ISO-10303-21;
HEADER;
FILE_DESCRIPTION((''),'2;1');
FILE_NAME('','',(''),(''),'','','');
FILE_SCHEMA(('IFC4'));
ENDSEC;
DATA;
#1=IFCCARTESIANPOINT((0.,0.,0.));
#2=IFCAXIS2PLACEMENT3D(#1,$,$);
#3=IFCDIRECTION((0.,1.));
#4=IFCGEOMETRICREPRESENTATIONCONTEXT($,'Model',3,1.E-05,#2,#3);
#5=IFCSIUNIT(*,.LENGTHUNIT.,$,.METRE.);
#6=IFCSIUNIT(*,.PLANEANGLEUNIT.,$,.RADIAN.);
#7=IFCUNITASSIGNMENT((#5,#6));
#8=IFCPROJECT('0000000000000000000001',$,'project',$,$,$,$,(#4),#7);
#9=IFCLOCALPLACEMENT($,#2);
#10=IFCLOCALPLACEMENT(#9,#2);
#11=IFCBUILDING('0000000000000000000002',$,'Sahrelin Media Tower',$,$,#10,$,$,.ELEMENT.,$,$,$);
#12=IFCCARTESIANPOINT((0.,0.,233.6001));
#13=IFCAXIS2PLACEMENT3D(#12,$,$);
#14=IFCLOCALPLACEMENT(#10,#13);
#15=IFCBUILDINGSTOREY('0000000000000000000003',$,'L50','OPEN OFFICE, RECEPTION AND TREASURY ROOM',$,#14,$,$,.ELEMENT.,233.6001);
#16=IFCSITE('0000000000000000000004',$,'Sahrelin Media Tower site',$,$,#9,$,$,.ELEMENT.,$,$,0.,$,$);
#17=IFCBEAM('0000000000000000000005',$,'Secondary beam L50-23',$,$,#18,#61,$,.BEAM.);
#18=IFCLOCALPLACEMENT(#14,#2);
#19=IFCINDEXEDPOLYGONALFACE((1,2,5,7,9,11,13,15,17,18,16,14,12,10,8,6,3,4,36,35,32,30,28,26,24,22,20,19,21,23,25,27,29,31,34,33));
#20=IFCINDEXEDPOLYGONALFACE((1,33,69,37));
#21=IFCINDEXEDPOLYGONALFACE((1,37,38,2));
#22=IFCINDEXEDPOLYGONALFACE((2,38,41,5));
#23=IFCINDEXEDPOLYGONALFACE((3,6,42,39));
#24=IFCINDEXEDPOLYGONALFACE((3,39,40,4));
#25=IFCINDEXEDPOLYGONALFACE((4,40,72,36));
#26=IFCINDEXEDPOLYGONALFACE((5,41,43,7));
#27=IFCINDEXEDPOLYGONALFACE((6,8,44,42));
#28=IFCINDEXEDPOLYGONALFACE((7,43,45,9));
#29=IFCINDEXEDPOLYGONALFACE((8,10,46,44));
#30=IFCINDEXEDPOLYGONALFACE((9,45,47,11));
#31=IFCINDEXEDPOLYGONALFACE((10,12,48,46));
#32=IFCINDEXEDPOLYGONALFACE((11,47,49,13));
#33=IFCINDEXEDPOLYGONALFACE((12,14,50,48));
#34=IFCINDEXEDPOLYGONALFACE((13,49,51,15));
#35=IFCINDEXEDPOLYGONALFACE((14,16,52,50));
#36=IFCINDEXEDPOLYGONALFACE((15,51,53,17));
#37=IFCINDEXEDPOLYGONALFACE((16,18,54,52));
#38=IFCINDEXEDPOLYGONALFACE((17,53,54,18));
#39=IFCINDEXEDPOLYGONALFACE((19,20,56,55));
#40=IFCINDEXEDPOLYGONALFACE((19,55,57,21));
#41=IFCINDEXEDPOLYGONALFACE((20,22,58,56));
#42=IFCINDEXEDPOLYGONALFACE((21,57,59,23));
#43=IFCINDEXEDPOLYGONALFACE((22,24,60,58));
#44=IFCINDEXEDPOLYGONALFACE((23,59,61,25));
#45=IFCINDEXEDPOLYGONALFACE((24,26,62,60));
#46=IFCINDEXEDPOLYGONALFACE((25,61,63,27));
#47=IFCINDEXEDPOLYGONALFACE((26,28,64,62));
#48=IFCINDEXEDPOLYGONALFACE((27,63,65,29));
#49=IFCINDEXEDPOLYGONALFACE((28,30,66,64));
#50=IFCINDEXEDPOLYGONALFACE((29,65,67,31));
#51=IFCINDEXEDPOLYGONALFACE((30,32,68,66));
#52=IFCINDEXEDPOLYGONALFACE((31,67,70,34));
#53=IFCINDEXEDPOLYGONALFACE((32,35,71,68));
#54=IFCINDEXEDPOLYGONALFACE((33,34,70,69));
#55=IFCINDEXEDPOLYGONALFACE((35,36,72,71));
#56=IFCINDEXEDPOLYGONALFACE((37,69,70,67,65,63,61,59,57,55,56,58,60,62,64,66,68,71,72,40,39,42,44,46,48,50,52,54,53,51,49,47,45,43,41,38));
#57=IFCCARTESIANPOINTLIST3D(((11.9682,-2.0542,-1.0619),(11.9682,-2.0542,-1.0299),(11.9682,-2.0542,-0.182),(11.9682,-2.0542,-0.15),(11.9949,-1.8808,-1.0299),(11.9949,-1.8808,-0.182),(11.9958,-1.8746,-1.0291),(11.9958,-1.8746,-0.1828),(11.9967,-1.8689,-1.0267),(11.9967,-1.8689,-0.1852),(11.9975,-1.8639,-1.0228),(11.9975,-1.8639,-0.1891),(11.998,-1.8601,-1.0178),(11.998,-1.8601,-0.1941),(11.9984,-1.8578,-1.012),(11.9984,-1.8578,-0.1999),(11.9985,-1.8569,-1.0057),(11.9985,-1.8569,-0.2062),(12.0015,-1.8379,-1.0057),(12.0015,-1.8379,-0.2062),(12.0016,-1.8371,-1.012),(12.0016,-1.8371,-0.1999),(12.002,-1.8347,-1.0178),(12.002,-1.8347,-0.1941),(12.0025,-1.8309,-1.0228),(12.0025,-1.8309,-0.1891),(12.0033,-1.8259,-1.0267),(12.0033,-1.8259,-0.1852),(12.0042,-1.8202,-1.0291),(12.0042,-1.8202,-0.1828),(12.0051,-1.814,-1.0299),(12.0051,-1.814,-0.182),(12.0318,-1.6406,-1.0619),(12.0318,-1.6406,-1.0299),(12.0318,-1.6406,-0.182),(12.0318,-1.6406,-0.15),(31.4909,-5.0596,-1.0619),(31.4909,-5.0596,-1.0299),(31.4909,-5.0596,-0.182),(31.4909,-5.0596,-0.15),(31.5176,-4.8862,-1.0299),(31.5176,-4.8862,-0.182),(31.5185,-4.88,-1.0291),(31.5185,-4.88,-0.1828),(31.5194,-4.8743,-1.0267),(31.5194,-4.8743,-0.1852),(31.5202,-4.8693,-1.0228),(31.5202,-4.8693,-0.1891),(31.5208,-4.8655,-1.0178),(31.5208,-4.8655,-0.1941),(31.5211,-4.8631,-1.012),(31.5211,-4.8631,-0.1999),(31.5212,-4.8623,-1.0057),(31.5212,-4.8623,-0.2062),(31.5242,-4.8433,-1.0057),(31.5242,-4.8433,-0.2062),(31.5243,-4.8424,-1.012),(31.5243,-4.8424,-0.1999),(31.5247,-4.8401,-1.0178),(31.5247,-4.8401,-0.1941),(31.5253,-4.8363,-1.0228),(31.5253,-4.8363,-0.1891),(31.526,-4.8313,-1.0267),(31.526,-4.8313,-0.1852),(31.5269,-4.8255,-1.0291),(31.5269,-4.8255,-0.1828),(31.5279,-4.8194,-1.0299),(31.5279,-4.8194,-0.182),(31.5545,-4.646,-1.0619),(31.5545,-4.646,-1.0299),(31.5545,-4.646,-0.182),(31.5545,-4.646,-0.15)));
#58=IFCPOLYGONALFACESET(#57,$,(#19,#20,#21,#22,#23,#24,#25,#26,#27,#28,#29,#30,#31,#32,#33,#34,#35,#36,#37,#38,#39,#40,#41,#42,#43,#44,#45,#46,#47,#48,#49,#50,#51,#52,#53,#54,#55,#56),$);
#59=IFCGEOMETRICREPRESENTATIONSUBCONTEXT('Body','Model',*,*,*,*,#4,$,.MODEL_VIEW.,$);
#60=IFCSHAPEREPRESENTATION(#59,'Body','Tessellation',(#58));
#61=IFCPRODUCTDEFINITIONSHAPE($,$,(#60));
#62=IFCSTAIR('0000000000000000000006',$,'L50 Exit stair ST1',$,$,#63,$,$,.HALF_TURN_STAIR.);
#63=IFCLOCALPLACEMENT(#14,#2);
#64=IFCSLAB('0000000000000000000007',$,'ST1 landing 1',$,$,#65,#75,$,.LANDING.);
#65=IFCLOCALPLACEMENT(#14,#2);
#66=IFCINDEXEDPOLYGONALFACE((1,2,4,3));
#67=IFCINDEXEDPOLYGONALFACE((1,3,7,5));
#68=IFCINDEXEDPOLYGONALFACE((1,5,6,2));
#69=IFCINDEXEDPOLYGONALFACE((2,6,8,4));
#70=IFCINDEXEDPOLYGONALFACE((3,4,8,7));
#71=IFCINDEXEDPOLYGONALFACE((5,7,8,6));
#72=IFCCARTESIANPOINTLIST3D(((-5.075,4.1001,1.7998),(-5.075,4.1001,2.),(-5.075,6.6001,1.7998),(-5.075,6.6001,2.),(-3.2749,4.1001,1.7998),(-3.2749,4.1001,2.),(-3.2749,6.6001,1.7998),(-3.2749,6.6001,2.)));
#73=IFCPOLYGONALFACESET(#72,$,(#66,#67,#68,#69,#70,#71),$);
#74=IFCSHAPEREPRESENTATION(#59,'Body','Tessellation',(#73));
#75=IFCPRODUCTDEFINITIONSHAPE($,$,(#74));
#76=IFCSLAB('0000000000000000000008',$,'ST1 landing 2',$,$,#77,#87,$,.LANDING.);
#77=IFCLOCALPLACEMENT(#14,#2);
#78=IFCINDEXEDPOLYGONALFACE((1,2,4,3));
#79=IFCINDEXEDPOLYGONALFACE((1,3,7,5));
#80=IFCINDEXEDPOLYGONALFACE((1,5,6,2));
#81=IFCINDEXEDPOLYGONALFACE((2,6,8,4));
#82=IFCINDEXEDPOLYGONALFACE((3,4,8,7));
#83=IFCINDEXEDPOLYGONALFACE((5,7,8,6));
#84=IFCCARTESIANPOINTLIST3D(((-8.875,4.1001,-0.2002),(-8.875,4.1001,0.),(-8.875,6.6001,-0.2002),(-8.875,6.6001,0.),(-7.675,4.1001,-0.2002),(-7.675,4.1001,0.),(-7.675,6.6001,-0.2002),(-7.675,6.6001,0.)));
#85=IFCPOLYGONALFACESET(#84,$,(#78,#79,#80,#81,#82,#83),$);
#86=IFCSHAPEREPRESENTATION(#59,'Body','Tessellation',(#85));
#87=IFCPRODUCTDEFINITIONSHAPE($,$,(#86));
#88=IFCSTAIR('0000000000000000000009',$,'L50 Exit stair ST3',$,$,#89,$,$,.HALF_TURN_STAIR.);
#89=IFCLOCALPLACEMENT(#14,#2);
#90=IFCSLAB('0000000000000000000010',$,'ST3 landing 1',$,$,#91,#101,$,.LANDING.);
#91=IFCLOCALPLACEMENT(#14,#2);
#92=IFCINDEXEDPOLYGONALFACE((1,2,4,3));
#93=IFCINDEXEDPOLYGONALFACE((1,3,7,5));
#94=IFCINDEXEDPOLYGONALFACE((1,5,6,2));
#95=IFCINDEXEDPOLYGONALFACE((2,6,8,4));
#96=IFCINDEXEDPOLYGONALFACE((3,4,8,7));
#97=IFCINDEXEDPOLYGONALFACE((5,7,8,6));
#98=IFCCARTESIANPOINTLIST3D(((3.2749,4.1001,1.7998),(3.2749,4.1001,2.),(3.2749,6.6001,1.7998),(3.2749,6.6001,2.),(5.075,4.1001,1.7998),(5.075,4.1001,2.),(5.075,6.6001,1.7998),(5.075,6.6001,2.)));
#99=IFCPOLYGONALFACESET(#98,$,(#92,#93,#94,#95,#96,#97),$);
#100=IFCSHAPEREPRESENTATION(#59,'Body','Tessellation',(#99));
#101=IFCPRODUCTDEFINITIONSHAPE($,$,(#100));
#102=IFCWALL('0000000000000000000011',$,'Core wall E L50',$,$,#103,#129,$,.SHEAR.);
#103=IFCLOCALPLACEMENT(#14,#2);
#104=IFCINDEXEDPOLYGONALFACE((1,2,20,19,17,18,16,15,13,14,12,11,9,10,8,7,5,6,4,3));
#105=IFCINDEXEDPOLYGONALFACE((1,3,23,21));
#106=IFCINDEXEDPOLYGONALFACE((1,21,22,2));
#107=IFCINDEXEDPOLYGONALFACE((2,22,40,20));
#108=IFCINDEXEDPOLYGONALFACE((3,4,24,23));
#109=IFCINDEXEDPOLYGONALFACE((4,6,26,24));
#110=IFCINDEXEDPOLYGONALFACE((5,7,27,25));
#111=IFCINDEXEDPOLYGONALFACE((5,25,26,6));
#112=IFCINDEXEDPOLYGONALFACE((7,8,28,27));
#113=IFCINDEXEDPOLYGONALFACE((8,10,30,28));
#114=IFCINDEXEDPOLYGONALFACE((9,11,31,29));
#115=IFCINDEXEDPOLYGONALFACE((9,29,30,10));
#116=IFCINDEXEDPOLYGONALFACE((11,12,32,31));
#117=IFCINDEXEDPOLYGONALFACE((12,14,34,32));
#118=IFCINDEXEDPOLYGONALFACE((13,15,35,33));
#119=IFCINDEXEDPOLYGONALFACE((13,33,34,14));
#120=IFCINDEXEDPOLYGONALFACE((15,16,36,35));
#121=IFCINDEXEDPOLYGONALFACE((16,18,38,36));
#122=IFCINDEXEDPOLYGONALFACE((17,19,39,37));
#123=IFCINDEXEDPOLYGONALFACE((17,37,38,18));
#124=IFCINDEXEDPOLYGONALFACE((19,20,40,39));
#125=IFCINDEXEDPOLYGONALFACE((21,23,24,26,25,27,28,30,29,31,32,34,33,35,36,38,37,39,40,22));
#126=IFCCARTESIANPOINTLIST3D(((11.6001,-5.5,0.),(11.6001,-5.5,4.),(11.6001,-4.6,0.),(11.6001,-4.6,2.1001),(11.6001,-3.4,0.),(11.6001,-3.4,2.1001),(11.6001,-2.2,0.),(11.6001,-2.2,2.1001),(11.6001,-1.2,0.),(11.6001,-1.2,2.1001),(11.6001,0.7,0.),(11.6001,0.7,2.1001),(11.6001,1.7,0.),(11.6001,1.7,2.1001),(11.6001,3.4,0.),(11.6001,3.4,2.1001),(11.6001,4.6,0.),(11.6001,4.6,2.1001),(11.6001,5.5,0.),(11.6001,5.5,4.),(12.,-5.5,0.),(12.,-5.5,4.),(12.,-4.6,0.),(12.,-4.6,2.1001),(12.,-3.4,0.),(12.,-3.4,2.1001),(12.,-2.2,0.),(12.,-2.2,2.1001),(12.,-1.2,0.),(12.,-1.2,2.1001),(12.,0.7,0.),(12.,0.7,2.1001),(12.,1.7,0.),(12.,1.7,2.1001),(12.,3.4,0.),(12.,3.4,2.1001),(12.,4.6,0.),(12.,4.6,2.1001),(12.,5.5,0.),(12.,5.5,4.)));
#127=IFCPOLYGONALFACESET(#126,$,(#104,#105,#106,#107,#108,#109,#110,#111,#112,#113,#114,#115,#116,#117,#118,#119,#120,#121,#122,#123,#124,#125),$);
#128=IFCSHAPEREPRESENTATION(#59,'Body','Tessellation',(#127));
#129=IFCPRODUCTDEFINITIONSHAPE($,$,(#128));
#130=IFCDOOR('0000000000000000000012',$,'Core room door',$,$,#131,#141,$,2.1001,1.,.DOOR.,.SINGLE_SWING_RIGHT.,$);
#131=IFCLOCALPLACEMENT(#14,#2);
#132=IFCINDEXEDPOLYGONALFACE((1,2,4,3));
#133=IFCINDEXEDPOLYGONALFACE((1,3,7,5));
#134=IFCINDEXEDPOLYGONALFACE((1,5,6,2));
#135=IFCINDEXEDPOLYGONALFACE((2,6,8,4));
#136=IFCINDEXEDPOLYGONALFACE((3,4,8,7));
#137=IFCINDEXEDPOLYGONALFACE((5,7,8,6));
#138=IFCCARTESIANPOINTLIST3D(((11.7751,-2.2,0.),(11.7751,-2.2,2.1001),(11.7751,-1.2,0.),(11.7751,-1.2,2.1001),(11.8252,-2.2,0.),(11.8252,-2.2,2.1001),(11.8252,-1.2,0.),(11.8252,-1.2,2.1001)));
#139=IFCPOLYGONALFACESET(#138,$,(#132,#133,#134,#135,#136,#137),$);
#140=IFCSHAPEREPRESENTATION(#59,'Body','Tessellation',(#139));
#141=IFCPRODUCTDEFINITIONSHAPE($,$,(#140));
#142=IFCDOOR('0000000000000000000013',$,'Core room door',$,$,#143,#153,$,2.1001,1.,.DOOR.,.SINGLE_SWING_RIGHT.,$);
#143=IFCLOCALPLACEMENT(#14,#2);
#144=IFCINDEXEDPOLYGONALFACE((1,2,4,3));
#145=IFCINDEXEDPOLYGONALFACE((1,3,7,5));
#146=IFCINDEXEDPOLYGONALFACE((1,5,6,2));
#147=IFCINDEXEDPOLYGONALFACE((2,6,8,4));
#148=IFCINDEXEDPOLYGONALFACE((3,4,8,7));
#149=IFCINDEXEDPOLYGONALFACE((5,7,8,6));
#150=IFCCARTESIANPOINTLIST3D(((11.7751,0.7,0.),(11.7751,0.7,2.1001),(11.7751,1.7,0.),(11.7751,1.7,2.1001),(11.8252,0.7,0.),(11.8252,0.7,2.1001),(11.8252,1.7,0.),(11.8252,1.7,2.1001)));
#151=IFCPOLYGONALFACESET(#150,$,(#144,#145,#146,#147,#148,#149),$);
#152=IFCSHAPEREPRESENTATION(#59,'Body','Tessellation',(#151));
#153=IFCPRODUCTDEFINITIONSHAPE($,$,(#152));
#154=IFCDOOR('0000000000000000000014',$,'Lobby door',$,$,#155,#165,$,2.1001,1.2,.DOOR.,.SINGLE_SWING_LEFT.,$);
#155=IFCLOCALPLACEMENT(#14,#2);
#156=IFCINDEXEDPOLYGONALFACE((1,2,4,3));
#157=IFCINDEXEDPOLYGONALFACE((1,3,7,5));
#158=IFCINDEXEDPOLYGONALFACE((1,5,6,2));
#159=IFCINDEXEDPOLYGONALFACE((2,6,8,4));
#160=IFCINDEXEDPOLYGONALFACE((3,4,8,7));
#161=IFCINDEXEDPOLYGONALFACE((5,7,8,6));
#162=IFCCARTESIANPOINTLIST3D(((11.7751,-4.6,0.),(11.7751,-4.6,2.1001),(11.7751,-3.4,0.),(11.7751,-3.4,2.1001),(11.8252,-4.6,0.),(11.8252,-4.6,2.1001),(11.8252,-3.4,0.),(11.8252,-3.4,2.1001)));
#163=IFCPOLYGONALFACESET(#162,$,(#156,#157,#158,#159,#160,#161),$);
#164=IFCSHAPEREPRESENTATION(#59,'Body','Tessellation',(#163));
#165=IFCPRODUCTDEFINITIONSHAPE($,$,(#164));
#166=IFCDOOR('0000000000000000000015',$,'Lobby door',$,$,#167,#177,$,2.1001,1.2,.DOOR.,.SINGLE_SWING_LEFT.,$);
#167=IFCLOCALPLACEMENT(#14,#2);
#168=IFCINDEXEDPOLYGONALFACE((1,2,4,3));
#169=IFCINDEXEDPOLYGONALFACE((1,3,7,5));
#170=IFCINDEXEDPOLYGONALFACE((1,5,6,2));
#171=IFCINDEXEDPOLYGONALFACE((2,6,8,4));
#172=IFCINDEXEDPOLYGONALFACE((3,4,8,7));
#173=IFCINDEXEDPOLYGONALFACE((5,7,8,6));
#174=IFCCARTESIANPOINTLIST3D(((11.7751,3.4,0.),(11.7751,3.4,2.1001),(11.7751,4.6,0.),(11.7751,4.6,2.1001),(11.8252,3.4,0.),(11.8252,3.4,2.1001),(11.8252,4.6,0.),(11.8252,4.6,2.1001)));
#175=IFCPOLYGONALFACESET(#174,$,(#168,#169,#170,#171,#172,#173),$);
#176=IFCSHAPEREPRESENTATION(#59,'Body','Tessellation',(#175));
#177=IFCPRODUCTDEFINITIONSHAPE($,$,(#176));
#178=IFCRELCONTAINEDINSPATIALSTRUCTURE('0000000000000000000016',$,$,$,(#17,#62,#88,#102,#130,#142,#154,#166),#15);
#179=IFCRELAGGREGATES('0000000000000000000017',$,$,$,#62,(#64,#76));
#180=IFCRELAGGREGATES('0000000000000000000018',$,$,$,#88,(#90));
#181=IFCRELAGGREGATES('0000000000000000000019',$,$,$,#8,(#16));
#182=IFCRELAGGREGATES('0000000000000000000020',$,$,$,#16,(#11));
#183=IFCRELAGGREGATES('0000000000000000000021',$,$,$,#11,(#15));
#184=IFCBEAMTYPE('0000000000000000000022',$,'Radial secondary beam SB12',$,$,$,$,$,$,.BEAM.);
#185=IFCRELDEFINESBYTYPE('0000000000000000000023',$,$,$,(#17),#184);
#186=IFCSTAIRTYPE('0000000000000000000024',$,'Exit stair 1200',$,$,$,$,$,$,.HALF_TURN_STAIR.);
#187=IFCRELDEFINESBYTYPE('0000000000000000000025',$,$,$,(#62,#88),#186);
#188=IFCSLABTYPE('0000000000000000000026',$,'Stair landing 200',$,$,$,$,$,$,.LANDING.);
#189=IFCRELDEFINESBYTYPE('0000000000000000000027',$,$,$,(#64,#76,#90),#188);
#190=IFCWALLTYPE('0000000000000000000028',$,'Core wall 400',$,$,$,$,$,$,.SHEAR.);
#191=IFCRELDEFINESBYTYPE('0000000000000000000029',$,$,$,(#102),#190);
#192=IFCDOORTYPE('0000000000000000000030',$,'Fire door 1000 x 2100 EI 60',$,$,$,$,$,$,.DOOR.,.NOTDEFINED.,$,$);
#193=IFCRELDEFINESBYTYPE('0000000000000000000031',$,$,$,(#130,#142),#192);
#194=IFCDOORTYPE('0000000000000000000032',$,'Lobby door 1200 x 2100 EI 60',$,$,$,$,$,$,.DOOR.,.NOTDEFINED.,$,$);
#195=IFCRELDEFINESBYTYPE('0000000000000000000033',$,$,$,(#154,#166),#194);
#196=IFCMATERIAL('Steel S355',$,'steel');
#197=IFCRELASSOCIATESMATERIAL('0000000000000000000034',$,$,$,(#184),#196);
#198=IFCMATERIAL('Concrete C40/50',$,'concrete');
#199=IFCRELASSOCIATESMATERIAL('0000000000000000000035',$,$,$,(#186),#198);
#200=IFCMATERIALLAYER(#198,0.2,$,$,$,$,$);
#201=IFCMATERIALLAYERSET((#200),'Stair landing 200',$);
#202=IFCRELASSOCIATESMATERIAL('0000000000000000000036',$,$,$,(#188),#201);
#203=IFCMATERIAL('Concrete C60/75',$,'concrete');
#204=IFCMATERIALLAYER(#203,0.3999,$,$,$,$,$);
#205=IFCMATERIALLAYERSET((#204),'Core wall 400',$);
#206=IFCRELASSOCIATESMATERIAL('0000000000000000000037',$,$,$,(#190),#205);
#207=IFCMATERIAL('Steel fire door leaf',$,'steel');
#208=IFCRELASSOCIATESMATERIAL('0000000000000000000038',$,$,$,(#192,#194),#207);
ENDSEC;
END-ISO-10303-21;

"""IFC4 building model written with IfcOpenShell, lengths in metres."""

from ifc_helpers import new_model, si_unit, direction, frame, frame_2d, origin, origin_2d, place, context, subcontext, project, spatial, polyline, rectangle, i_section, outline, extrude, material, layer, layer_set, material_profile, profile_set, type_object, element, fill, aggregate, save


model = new_model("IFC4")

# Units and contexts
model_context = context("Model", 3, precision=1e-05, world=origin(), true_north=direction((0.0, 1.0)))
body_context = subcontext(model_context, "Body", "Model", "MODEL_VIEW")
ifc_project = project(units=[si_unit("LENGTHUNIT", "METRE"), si_unit("PLANEANGLEUNIT", "RADIAN")], contexts=[model_context])

# Site, building, storey
site_placement = place(None, origin())
site = spatial("IfcSite", under=ifc_project, at=site_placement, Name="Sahrelin Media Tower site", CompositionType="ELEMENT", RefElevation=0.0)
building_placement = place(site_placement, origin())
building = spatial("IfcBuilding", under=site, at=building_placement, Name="Sahrelin Media Tower", CompositionType="ELEMENT")
storey_placement = place(building_placement, frame((0.0, 0.0, 233.6001)))
storey = spatial("IfcBuildingStorey", under=building, at=storey_placement, Name="L50", Description="OPEN OFFICE, RECEPTION AND TREASURY ROOM", CompositionType="ELEMENT", Elevation=233.6001)

# Beam
ifc_material_1 = material(Name="Steel S355", Category="steel")
ifc_material_profile_1 = material_profile(ifc_material_1, i_section(OverallWidth=0.4185, OverallDepth=0.9119, WebThickness=0.0193, FlangeThickness=0.032, FilletRadius=0.0242, at=origin_2d()), Name="UB 914x419x343")
ifc_profile_set_1 = profile_set([ifc_material_profile_1], Name="Steel S355")
beam_type_1 = type_object("IfcBeamType", Name="Radial secondary beam SB12", PredefinedType="BEAM", material=ifc_profile_set_1)
beam_1_placement = place(storey_placement, frame((12.0, -1.8474, -0.606), z_axis=(0.988357, -0.15215, 0.0), x_axis=(0.15215, 0.988357, 0.0)))
element("IfcBeam", 1, at=beam_1_placement, inside=storey, type_object=beam_type_1, Name="Secondary beam L50-23", PredefinedType="BEAM", context=body_context, shape_type="SweptSolid", body=[
    extrude(i_section(OverallWidth=0.4185, OverallDepth=0.9119, WebThickness=0.0193, FlangeThickness=0.032, FilletRadius=0.0242, at=origin_2d()), origin(), (0.0, 0.0, 1.0), 19.7527),
])

# Stair, slabs
ifc_material_2 = material(Name="Concrete C40/50", Category="concrete")
stair_type = type_object("IfcStairType", Name="Exit stair 1200", PredefinedType="HALF_TURN_STAIR", material=ifc_material_2)
placement_1 = place(storey_placement, origin())
stair_1 = element("IfcStair", 2, at=placement_1, inside=storey, type_object=stair_type, Name="L50 Exit stair ST1", PredefinedType="HALF_TURN_STAIR")
ifc_layer_1 = layer(ifc_material_2, 0.2)
ifc_layer_set_1 = layer_set([ifc_layer_1], Name="Stair landing 200")
slab_type = type_object("IfcSlabType", Name="Stair landing 200", PredefinedType="LANDING", material=ifc_layer_set_1)
placement_2 = place(storey_placement, frame((0.0, 0.0, 1.7998)))
slab_1 = element("IfcSlab", 3, at=placement_2, type_object=slab_type, Name="ST1 landing 1", PredefinedType="LANDING", context=body_context, shape_type="SweptSolid", body=[
    extrude(outline(polyline([(-5.075, 4.1001), (-3.2749, 4.1001), (-3.2749, 6.6001), (-5.075, 6.6001), (-5.075, 4.1001)])), origin(), (0.0, 0.0, 1.0), 0.2002),
])
slab_2_placement = place(storey_placement, frame((0.0, 0.0, -0.2002)))
slab_2 = element("IfcSlab", 4, at=slab_2_placement, type_object=slab_type, Name="ST1 landing 2", PredefinedType="LANDING", context=body_context, shape_type="SweptSolid", body=[
    extrude(outline(polyline([(-8.875, 4.1001), (-7.675, 4.1001), (-7.675, 6.6001), (-8.875, 6.6001), (-8.875, 4.1001)])), origin(), (0.0, 0.0, 1.0), 0.2002),
])
aggregate(stair_1, [slab_1, slab_2])

# Stair, slab
stair_2 = element("IfcStair", 5, at=placement_1, inside=storey, type_object=stair_type, Name="L50 Exit stair ST3", PredefinedType="HALF_TURN_STAIR")
slab_3 = element("IfcSlab", 6, at=placement_2, type_object=slab_type, Name="ST3 landing 1", PredefinedType="LANDING", context=body_context, shape_type="SweptSolid", body=[
    extrude(outline(polyline([(5.075, 6.6001), (3.2749, 6.6001), (3.2749, 4.1001), (5.075, 4.1001), (5.075, 6.6001)])), origin(), (0.0, 0.0, 1.0), 0.2002),
])
aggregate(stair_2, [slab_3])

# Wall, openings, doors
ifc_material_3 = material(Name="Concrete C60/75", Category="concrete")
ifc_layer_2 = layer(ifc_material_3, 0.3999)
ifc_layer_set_2 = layer_set([ifc_layer_2], Name="Core wall 400")
wall_type_1 = type_object("IfcWallType", Name="Core wall 400", PredefinedType="SHEAR", material=ifc_layer_set_2)
wall_1_placement = place(storey_placement, frame((11.8, -5.5, 0.0), z_axis=(0.0, 0.0, 1.0), x_axis=(0.0, 1.0, 0.0)))
wall_1 = element("IfcWall", 7, at=wall_1_placement, inside=storey, type_object=wall_type_1, Name="Core wall E L50", PredefinedType="SHEAR", context=body_context, shape_type="SweptSolid", body=[
    extrude(rectangle(XDim=11.0, YDim=0.3999, at=frame_2d((5.5, 0.0))), origin(), (0.0, 0.0, 1.0), 4.0),
])
opening_1_placement = place(wall_1_placement, frame((3.3, 0.0, 0.0)))
opening_1 = element("IfcOpeningElement", 8, at=opening_1_placement, cuts=wall_1, PredefinedType="OPENING", context=body_context, shape_type="SweptSolid", body=[
    extrude(rectangle(XDim=1.0, YDim=2.1001, at=frame_2d((0.5, 1.05))), frame((0.0, 0.2, 0.0), z_axis=(0.0, -1.0, 0.0), x_axis=(1.0, 0.0, 0.0)), (0.0, 0.0, 1.0), 0.3999),
])
opening_2_placement = place(wall_1_placement, frame((6.2, 0.0, 0.0)))
opening_2 = element("IfcOpeningElement", 9, at=opening_2_placement, cuts=wall_1, PredefinedType="OPENING", context=body_context, shape_type="SweptSolid", body=[
    extrude(rectangle(XDim=1.0, YDim=2.1001, at=frame_2d((0.5, 1.05))), frame((0.0, 0.2, 0.0), z_axis=(0.0, -1.0, 0.0), x_axis=(1.0, 0.0, 0.0)), (0.0, 0.0, 1.0), 0.3999),
])
opening_3_placement = place(wall_1_placement, frame((0.8999, 0.0, 0.0)))
opening_3 = element("IfcOpeningElement", 10, at=opening_3_placement, cuts=wall_1, PredefinedType="OPENING", context=body_context, shape_type="SweptSolid", body=[
    extrude(rectangle(XDim=1.2, YDim=2.1001, at=frame_2d((0.6001, 1.05))), frame((0.0, 0.2, 0.0), z_axis=(0.0, -1.0, 0.0), x_axis=(1.0, 0.0, 0.0)), (0.0, 0.0, 1.0), 0.3999),
])
opening_4_placement = place(wall_1_placement, frame((8.8999, 0.0, 0.0)))
opening_4 = element("IfcOpeningElement", 11, at=opening_4_placement, cuts=wall_1, PredefinedType="OPENING", context=body_context, shape_type="SweptSolid", body=[
    extrude(rectangle(XDim=1.2, YDim=2.1001, at=frame_2d((0.6001, 1.05))), frame((0.0, 0.2, 0.0), z_axis=(0.0, -1.0, 0.0), x_axis=(1.0, 0.0, 0.0)), (0.0, 0.0, 1.0), 0.3999),
])
ifc_material_4 = material(Name="Steel fire door leaf", Category="steel")
door_type_1 = type_object("IfcDoorType", Name="Fire door 1000 x 2100 EI 60", OperationType="NOTDEFINED", PredefinedType="DOOR", material=ifc_material_4)
door_1_placement = place(opening_1_placement, origin())
door_1 = element("IfcDoor", 12, at=door_1_placement, inside=storey, type_object=door_type_1, Name="Core room door", OperationType="SINGLE_SWING_RIGHT", OverallHeight=2.1001, OverallWidth=1.0, PredefinedType="DOOR", context=body_context, shape_type="SweptSolid", body=[
    extrude(rectangle(XDim=1.0, YDim=2.1001, at=frame_2d((0.5, 1.05))), frame((0.0, 0.0249, 0.0), z_axis=(0.0, -1.0, 0.0), x_axis=(1.0, 0.0, 0.0)), (0.0, 0.0, 1.0), 0.05),
])
fill(opening_1, door_1)
door_2_placement = place(opening_2_placement, origin())
door_2 = element("IfcDoor", 13, at=door_2_placement, inside=storey, type_object=door_type_1, Name="Core room door", OperationType="SINGLE_SWING_RIGHT", OverallHeight=2.1001, OverallWidth=1.0, PredefinedType="DOOR", context=body_context, shape_type="SweptSolid", body=[
    extrude(rectangle(XDim=1.0, YDim=2.1001, at=frame_2d((0.5, 1.05))), frame((0.0, 0.0249, 0.0), z_axis=(0.0, -1.0, 0.0), x_axis=(1.0, 0.0, 0.0)), (0.0, 0.0, 1.0), 0.05),
])
fill(opening_2, door_2)
door_type_2 = type_object("IfcDoorType", Name="Lobby door 1200 x 2100 EI 60", OperationType="NOTDEFINED", PredefinedType="DOOR", material=ifc_material_4)
door_3_placement = place(opening_3_placement, origin())
door_3 = element("IfcDoor", 14, at=door_3_placement, inside=storey, type_object=door_type_2, Name="Lobby door", OperationType="SINGLE_SWING_LEFT", OverallHeight=2.1001, OverallWidth=1.2, PredefinedType="DOOR", context=body_context, shape_type="SweptSolid", body=[
    extrude(rectangle(XDim=1.2, YDim=2.1001, at=frame_2d((0.6001, 1.05))), frame((0.0, 0.0249, 0.0), z_axis=(0.0, -1.0, 0.0), x_axis=(1.0, 0.0, 0.0)), (0.0, 0.0, 1.0), 0.05),
])
fill(opening_3, door_3)
door_4_placement = place(opening_4_placement, origin())
door_4 = element("IfcDoor", 15, at=door_4_placement, inside=storey, type_object=door_type_2, Name="Lobby door", OperationType="SINGLE_SWING_LEFT", OverallHeight=2.1001, OverallWidth=1.2, PredefinedType="DOOR", context=body_context, shape_type="SweptSolid", body=[
    extrude(rectangle(XDim=1.2, YDim=2.1001, at=frame_2d((0.6001, 1.05))), frame((0.0, 0.0249, 0.0), z_axis=(0.0, -1.0, 0.0), x_axis=(1.0, 0.0, 0.0)), (0.0, 0.0, 1.0), 0.05),
])
fill(opening_4, door_4)

save(model, "model.ifc")
